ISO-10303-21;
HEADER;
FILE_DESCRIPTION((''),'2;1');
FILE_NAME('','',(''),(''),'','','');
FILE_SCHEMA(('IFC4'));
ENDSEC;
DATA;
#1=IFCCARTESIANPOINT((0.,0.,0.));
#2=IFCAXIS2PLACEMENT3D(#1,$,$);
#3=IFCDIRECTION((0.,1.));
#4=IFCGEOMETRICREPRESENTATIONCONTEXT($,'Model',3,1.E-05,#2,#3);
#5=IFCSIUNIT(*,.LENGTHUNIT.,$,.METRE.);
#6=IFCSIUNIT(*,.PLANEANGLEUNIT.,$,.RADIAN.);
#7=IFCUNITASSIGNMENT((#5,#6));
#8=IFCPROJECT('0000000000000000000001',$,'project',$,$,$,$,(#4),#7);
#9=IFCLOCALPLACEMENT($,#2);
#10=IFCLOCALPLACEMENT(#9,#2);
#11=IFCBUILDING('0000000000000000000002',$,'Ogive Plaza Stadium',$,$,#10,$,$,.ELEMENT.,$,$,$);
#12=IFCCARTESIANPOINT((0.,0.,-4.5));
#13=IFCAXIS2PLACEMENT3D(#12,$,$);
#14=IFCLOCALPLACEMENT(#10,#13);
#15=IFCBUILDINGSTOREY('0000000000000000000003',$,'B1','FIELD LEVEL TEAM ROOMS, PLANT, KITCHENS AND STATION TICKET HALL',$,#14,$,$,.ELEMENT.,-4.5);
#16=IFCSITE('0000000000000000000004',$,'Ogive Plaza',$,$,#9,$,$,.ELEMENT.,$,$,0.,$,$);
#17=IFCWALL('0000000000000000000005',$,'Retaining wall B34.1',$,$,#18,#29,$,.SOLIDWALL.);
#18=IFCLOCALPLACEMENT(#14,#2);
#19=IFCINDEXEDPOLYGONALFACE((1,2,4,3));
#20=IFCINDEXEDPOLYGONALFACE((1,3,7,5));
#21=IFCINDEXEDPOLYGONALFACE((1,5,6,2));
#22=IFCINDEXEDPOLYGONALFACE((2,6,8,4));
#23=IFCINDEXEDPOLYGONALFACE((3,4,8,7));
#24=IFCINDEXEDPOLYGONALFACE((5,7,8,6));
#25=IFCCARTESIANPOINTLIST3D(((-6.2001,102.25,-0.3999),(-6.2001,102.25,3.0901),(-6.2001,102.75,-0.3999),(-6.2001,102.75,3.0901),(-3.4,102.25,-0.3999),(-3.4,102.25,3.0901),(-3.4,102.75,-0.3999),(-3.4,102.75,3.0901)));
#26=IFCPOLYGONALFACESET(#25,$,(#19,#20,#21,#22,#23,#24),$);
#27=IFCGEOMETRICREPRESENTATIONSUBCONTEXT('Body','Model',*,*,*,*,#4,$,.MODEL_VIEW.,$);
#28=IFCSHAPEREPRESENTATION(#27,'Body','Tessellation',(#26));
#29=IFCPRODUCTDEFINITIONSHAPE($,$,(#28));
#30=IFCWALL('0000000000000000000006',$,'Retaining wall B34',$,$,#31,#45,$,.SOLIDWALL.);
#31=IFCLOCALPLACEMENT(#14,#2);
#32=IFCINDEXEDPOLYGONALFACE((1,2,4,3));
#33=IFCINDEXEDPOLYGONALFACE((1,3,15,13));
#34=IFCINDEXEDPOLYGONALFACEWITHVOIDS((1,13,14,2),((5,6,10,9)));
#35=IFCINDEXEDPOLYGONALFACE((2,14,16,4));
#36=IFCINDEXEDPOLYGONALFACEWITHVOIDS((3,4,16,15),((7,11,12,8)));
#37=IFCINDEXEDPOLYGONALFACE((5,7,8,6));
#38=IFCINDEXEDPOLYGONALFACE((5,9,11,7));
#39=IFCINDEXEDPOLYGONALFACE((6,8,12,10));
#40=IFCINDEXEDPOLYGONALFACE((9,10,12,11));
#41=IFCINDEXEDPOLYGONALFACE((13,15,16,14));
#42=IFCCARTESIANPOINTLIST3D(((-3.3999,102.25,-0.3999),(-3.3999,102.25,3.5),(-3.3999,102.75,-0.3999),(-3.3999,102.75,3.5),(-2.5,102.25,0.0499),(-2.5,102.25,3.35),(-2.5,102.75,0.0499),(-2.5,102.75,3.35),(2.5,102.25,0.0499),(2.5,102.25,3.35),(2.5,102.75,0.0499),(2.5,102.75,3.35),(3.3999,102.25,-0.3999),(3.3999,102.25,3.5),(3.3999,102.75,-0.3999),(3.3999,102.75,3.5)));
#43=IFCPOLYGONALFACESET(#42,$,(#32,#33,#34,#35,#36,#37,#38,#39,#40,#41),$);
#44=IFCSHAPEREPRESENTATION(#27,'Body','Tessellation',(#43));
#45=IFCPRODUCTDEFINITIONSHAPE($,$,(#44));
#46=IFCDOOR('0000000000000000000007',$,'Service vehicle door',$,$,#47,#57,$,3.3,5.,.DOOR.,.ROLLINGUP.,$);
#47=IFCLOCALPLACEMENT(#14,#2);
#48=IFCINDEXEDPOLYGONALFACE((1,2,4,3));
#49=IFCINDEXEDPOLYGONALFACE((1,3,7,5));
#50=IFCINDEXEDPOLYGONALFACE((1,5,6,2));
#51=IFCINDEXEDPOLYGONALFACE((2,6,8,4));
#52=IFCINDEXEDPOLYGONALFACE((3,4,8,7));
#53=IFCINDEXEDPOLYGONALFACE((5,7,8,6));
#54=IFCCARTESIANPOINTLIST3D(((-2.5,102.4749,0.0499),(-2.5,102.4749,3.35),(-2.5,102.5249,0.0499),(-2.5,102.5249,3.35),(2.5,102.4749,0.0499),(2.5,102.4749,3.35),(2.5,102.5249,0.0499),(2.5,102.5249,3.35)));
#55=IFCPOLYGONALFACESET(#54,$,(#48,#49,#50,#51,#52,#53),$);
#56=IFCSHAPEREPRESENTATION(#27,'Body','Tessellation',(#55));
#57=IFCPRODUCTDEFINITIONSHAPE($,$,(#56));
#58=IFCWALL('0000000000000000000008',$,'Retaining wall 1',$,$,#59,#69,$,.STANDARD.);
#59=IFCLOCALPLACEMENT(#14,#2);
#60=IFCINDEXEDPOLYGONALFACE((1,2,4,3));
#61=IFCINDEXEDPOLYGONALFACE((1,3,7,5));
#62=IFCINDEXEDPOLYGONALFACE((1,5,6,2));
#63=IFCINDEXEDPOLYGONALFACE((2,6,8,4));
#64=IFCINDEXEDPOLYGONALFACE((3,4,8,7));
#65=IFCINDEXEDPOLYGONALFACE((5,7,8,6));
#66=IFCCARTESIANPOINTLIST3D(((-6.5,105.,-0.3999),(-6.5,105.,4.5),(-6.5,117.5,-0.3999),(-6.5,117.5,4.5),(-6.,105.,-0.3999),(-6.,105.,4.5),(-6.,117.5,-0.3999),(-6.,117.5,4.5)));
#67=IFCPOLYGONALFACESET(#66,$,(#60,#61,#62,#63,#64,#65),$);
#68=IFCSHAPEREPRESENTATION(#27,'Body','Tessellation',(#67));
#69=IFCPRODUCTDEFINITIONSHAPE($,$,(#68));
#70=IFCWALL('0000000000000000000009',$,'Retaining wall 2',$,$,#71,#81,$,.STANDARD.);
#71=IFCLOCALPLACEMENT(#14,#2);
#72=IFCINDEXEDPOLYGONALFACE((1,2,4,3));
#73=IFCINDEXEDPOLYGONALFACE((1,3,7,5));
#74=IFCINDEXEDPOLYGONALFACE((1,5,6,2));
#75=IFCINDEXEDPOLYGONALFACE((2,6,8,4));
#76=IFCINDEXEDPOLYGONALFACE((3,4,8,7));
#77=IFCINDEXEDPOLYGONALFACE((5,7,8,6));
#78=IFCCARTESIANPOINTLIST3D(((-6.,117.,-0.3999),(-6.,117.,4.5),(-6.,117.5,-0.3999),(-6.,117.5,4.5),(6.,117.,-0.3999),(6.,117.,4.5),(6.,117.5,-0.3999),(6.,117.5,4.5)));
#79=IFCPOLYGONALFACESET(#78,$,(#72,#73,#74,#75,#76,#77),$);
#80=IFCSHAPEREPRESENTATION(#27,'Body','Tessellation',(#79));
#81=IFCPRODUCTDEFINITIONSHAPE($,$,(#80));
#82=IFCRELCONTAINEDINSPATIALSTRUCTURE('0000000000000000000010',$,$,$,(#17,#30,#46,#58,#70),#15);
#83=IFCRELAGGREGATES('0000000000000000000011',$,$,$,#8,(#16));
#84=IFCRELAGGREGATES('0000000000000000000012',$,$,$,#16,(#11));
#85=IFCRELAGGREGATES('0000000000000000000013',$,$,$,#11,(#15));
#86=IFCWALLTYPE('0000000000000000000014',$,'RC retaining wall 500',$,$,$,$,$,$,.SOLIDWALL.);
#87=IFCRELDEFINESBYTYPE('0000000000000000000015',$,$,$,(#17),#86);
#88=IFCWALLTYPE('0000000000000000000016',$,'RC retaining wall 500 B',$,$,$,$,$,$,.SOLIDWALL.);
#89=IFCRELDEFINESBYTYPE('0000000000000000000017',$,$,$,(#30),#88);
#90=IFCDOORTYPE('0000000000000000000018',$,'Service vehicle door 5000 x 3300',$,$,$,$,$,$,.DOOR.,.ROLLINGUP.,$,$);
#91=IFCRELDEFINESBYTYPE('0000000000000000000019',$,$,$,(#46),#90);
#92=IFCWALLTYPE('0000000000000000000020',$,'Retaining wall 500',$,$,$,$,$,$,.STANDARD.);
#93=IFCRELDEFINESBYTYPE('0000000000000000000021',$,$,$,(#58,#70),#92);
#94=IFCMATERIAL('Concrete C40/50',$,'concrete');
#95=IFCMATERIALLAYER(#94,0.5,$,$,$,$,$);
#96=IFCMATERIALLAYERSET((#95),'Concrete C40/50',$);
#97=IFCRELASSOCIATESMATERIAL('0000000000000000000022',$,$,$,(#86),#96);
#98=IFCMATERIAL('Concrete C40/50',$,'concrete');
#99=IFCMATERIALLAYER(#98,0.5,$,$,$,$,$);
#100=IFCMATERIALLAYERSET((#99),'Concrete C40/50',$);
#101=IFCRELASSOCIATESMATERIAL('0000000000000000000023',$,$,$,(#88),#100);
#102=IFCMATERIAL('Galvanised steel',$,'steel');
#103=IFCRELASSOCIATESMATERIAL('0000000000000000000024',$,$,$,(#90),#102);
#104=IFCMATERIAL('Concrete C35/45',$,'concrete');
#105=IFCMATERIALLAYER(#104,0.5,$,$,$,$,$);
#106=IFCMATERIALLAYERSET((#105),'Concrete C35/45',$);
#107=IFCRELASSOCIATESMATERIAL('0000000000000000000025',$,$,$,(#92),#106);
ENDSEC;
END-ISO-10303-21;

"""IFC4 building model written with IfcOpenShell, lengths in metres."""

from ifc_helpers import new_model, si_unit, direction, frame, frame_2d, origin, place, context, subcontext, project, spatial, rectangle, extrude, material, layer, layer_set, type_object, element, fill, save


model = new_model("IFC4")

# Units and contexts
model_context = context("Model", 3, precision=1e-05, world=origin(), true_north=direction((0.0, 1.0)))
body_context = subcontext(model_context, "Body", "Model", "MODEL_VIEW")
ifc_project = project(units=[si_unit("LENGTHUNIT", "METRE"), si_unit("PLANEANGLEUNIT", "RADIAN")], contexts=[model_context])

# Site, building, storey
site_placement = place(None, origin())
site = spatial("IfcSite", under=ifc_project, at=site_placement, Name="Ogive Plaza", CompositionType="ELEMENT", RefElevation=0.0)
building_placement = place(site_placement, origin())
building = spatial("IfcBuilding", under=site, at=building_placement, Name="Ogive Plaza Stadium", CompositionType="ELEMENT")
storey_placement = place(building_placement, frame((0.0, 0.0, -4.5)))
storey = spatial("IfcBuildingStorey", under=building, at=storey_placement, Name="B1", Description="FIELD LEVEL TEAM ROOMS, PLANT, KITCHENS AND STATION TICKET HALL", CompositionType="ELEMENT", Elevation=-4.5)

# Wall
ifc_material_1 = material(Name="Concrete C40/50", Category="concrete")
ifc_layer_1 = layer(ifc_material_1, 0.5)
ifc_layer_set_1 = layer_set([ifc_layer_1], Name="Concrete C40/50")
wall_type_1 = type_object("IfcWallType", Name="RC retaining wall 500", PredefinedType="SOLIDWALL", material=ifc_layer_set_1)
wall_1_placement = place(storey_placement, frame((-6.2, 102.5, -0.3999), z_axis=(0.0, 0.0, 1.0), x_axis=(1.0, 0.0, 0.0)))
element("IfcWall", 1, at=wall_1_placement, inside=storey, type_object=wall_type_1, Name="Retaining wall B34.1", PredefinedType="SOLIDWALL", context=body_context, shape_type="SweptSolid", body=[
    extrude(rectangle(XDim=2.8, YDim=0.5, at=frame_2d((1.3999, 0.0))), origin(), (0.0, 0.0, 1.0), 3.49),
])

# Wall, opening, door
ifc_material_2 = material(Name="Concrete C40/50", Category="concrete")
ifc_layer_2 = layer(ifc_material_2, 0.5)
ifc_layer_set_2 = layer_set([ifc_layer_2], Name="Concrete C40/50")
wall_type_2 = type_object("IfcWallType", Name="RC retaining wall 500 B", PredefinedType="SOLIDWALL", material=ifc_layer_set_2)
wall_2_placement = place(storey_placement, frame((-3.3999, 102.5, -0.3999), z_axis=(0.0, 0.0, 1.0), x_axis=(1.0, 0.0, 0.0)))
wall_2 = element("IfcWall", 2, at=wall_2_placement, inside=storey, type_object=wall_type_2, Name="Retaining wall B34", PredefinedType="SOLIDWALL", context=body_context, shape_type="SweptSolid", body=[
    extrude(rectangle(XDim=6.7998, YDim=0.5, at=frame_2d((3.3999, 0.0))), origin(), (0.0, 0.0, 1.0), 3.8999),
])
opening_placement = place(wall_2_placement, frame((0.8999, 0.0, 0.45)))
opening = element("IfcOpeningElement", 3, at=opening_placement, cuts=wall_2, PredefinedType="OPENING", context=body_context, shape_type="SweptSolid", body=[
    extrude(rectangle(XDim=5.0, YDim=3.3, at=frame_2d((2.5, 1.6499))), frame((0.0, 0.26, 0.0), z_axis=(0.0, -1.0, 0.0), x_axis=(1.0, 0.0, 0.0)), (0.0, 0.0, 1.0), 0.52),
])
ifc_material_3 = material(Name="Galvanised steel", Category="steel")
door_type = type_object("IfcDoorType", Name="Service vehicle door 5000 x 3300", OperationType="ROLLINGUP", PredefinedType="DOOR", material=ifc_material_3)
door_placement = place(opening_placement, origin())
door = element("IfcDoor", 4, at=door_placement, inside=storey, type_object=door_type, Name="Service vehicle door", OperationType="ROLLINGUP", OverallHeight=3.3, OverallWidth=5.0, PredefinedType="DOOR", context=body_context, shape_type="SweptSolid", body=[
    extrude(rectangle(XDim=5.0, YDim=3.3, at=frame_2d((2.5, 1.6499))), frame((0.0, 0.0249, 0.0), z_axis=(0.0, -1.0, 0.0), x_axis=(1.0, 0.0, 0.0)), (0.0, 0.0, 1.0), 0.05),
])
fill(opening, door)

# Walls
ifc_material_4 = material(Name="Concrete C35/45", Category="concrete")
ifc_layer_3 = layer(ifc_material_4, 0.5)
ifc_layer_set_3 = layer_set([ifc_layer_3], Name="Concrete C35/45")
wall_type_3 = type_object("IfcWallType", Name="Retaining wall 500", PredefinedType="STANDARD", material=ifc_layer_set_3)
wall_3_placement = place(storey_placement, frame((-6.25, 105.0, -0.3999), z_axis=(0.0, 0.0, 1.0), x_axis=(0.0, 1.0, 0.0)))
element("IfcWall", 5, at=wall_3_placement, inside=storey, type_object=wall_type_3, Name="Retaining wall 1", PredefinedType="STANDARD", context=body_context, shape_type="SweptSolid", body=[
    extrude(rectangle(XDim=12.5, YDim=0.5, at=frame_2d((6.25, 0.0))), origin(), (0.0, 0.0, 1.0), 4.8999),
])
wall_4_placement = place(storey_placement, frame((-6.0, 117.25, -0.3999), z_axis=(0.0, 0.0, 1.0), x_axis=(1.0, 0.0, 0.0)))
element("IfcWall", 6, at=wall_4_placement, inside=storey, type_object=wall_type_3, Name="Retaining wall 2", PredefinedType="STANDARD", context=body_context, shape_type="SweptSolid", body=[
    extrude(rectangle(XDim=12.0, YDim=0.5, at=frame_2d((6.0, 0.0))), origin(), (0.0, 0.0, 1.0), 4.8999),
])

save(model, "model.ifc")
